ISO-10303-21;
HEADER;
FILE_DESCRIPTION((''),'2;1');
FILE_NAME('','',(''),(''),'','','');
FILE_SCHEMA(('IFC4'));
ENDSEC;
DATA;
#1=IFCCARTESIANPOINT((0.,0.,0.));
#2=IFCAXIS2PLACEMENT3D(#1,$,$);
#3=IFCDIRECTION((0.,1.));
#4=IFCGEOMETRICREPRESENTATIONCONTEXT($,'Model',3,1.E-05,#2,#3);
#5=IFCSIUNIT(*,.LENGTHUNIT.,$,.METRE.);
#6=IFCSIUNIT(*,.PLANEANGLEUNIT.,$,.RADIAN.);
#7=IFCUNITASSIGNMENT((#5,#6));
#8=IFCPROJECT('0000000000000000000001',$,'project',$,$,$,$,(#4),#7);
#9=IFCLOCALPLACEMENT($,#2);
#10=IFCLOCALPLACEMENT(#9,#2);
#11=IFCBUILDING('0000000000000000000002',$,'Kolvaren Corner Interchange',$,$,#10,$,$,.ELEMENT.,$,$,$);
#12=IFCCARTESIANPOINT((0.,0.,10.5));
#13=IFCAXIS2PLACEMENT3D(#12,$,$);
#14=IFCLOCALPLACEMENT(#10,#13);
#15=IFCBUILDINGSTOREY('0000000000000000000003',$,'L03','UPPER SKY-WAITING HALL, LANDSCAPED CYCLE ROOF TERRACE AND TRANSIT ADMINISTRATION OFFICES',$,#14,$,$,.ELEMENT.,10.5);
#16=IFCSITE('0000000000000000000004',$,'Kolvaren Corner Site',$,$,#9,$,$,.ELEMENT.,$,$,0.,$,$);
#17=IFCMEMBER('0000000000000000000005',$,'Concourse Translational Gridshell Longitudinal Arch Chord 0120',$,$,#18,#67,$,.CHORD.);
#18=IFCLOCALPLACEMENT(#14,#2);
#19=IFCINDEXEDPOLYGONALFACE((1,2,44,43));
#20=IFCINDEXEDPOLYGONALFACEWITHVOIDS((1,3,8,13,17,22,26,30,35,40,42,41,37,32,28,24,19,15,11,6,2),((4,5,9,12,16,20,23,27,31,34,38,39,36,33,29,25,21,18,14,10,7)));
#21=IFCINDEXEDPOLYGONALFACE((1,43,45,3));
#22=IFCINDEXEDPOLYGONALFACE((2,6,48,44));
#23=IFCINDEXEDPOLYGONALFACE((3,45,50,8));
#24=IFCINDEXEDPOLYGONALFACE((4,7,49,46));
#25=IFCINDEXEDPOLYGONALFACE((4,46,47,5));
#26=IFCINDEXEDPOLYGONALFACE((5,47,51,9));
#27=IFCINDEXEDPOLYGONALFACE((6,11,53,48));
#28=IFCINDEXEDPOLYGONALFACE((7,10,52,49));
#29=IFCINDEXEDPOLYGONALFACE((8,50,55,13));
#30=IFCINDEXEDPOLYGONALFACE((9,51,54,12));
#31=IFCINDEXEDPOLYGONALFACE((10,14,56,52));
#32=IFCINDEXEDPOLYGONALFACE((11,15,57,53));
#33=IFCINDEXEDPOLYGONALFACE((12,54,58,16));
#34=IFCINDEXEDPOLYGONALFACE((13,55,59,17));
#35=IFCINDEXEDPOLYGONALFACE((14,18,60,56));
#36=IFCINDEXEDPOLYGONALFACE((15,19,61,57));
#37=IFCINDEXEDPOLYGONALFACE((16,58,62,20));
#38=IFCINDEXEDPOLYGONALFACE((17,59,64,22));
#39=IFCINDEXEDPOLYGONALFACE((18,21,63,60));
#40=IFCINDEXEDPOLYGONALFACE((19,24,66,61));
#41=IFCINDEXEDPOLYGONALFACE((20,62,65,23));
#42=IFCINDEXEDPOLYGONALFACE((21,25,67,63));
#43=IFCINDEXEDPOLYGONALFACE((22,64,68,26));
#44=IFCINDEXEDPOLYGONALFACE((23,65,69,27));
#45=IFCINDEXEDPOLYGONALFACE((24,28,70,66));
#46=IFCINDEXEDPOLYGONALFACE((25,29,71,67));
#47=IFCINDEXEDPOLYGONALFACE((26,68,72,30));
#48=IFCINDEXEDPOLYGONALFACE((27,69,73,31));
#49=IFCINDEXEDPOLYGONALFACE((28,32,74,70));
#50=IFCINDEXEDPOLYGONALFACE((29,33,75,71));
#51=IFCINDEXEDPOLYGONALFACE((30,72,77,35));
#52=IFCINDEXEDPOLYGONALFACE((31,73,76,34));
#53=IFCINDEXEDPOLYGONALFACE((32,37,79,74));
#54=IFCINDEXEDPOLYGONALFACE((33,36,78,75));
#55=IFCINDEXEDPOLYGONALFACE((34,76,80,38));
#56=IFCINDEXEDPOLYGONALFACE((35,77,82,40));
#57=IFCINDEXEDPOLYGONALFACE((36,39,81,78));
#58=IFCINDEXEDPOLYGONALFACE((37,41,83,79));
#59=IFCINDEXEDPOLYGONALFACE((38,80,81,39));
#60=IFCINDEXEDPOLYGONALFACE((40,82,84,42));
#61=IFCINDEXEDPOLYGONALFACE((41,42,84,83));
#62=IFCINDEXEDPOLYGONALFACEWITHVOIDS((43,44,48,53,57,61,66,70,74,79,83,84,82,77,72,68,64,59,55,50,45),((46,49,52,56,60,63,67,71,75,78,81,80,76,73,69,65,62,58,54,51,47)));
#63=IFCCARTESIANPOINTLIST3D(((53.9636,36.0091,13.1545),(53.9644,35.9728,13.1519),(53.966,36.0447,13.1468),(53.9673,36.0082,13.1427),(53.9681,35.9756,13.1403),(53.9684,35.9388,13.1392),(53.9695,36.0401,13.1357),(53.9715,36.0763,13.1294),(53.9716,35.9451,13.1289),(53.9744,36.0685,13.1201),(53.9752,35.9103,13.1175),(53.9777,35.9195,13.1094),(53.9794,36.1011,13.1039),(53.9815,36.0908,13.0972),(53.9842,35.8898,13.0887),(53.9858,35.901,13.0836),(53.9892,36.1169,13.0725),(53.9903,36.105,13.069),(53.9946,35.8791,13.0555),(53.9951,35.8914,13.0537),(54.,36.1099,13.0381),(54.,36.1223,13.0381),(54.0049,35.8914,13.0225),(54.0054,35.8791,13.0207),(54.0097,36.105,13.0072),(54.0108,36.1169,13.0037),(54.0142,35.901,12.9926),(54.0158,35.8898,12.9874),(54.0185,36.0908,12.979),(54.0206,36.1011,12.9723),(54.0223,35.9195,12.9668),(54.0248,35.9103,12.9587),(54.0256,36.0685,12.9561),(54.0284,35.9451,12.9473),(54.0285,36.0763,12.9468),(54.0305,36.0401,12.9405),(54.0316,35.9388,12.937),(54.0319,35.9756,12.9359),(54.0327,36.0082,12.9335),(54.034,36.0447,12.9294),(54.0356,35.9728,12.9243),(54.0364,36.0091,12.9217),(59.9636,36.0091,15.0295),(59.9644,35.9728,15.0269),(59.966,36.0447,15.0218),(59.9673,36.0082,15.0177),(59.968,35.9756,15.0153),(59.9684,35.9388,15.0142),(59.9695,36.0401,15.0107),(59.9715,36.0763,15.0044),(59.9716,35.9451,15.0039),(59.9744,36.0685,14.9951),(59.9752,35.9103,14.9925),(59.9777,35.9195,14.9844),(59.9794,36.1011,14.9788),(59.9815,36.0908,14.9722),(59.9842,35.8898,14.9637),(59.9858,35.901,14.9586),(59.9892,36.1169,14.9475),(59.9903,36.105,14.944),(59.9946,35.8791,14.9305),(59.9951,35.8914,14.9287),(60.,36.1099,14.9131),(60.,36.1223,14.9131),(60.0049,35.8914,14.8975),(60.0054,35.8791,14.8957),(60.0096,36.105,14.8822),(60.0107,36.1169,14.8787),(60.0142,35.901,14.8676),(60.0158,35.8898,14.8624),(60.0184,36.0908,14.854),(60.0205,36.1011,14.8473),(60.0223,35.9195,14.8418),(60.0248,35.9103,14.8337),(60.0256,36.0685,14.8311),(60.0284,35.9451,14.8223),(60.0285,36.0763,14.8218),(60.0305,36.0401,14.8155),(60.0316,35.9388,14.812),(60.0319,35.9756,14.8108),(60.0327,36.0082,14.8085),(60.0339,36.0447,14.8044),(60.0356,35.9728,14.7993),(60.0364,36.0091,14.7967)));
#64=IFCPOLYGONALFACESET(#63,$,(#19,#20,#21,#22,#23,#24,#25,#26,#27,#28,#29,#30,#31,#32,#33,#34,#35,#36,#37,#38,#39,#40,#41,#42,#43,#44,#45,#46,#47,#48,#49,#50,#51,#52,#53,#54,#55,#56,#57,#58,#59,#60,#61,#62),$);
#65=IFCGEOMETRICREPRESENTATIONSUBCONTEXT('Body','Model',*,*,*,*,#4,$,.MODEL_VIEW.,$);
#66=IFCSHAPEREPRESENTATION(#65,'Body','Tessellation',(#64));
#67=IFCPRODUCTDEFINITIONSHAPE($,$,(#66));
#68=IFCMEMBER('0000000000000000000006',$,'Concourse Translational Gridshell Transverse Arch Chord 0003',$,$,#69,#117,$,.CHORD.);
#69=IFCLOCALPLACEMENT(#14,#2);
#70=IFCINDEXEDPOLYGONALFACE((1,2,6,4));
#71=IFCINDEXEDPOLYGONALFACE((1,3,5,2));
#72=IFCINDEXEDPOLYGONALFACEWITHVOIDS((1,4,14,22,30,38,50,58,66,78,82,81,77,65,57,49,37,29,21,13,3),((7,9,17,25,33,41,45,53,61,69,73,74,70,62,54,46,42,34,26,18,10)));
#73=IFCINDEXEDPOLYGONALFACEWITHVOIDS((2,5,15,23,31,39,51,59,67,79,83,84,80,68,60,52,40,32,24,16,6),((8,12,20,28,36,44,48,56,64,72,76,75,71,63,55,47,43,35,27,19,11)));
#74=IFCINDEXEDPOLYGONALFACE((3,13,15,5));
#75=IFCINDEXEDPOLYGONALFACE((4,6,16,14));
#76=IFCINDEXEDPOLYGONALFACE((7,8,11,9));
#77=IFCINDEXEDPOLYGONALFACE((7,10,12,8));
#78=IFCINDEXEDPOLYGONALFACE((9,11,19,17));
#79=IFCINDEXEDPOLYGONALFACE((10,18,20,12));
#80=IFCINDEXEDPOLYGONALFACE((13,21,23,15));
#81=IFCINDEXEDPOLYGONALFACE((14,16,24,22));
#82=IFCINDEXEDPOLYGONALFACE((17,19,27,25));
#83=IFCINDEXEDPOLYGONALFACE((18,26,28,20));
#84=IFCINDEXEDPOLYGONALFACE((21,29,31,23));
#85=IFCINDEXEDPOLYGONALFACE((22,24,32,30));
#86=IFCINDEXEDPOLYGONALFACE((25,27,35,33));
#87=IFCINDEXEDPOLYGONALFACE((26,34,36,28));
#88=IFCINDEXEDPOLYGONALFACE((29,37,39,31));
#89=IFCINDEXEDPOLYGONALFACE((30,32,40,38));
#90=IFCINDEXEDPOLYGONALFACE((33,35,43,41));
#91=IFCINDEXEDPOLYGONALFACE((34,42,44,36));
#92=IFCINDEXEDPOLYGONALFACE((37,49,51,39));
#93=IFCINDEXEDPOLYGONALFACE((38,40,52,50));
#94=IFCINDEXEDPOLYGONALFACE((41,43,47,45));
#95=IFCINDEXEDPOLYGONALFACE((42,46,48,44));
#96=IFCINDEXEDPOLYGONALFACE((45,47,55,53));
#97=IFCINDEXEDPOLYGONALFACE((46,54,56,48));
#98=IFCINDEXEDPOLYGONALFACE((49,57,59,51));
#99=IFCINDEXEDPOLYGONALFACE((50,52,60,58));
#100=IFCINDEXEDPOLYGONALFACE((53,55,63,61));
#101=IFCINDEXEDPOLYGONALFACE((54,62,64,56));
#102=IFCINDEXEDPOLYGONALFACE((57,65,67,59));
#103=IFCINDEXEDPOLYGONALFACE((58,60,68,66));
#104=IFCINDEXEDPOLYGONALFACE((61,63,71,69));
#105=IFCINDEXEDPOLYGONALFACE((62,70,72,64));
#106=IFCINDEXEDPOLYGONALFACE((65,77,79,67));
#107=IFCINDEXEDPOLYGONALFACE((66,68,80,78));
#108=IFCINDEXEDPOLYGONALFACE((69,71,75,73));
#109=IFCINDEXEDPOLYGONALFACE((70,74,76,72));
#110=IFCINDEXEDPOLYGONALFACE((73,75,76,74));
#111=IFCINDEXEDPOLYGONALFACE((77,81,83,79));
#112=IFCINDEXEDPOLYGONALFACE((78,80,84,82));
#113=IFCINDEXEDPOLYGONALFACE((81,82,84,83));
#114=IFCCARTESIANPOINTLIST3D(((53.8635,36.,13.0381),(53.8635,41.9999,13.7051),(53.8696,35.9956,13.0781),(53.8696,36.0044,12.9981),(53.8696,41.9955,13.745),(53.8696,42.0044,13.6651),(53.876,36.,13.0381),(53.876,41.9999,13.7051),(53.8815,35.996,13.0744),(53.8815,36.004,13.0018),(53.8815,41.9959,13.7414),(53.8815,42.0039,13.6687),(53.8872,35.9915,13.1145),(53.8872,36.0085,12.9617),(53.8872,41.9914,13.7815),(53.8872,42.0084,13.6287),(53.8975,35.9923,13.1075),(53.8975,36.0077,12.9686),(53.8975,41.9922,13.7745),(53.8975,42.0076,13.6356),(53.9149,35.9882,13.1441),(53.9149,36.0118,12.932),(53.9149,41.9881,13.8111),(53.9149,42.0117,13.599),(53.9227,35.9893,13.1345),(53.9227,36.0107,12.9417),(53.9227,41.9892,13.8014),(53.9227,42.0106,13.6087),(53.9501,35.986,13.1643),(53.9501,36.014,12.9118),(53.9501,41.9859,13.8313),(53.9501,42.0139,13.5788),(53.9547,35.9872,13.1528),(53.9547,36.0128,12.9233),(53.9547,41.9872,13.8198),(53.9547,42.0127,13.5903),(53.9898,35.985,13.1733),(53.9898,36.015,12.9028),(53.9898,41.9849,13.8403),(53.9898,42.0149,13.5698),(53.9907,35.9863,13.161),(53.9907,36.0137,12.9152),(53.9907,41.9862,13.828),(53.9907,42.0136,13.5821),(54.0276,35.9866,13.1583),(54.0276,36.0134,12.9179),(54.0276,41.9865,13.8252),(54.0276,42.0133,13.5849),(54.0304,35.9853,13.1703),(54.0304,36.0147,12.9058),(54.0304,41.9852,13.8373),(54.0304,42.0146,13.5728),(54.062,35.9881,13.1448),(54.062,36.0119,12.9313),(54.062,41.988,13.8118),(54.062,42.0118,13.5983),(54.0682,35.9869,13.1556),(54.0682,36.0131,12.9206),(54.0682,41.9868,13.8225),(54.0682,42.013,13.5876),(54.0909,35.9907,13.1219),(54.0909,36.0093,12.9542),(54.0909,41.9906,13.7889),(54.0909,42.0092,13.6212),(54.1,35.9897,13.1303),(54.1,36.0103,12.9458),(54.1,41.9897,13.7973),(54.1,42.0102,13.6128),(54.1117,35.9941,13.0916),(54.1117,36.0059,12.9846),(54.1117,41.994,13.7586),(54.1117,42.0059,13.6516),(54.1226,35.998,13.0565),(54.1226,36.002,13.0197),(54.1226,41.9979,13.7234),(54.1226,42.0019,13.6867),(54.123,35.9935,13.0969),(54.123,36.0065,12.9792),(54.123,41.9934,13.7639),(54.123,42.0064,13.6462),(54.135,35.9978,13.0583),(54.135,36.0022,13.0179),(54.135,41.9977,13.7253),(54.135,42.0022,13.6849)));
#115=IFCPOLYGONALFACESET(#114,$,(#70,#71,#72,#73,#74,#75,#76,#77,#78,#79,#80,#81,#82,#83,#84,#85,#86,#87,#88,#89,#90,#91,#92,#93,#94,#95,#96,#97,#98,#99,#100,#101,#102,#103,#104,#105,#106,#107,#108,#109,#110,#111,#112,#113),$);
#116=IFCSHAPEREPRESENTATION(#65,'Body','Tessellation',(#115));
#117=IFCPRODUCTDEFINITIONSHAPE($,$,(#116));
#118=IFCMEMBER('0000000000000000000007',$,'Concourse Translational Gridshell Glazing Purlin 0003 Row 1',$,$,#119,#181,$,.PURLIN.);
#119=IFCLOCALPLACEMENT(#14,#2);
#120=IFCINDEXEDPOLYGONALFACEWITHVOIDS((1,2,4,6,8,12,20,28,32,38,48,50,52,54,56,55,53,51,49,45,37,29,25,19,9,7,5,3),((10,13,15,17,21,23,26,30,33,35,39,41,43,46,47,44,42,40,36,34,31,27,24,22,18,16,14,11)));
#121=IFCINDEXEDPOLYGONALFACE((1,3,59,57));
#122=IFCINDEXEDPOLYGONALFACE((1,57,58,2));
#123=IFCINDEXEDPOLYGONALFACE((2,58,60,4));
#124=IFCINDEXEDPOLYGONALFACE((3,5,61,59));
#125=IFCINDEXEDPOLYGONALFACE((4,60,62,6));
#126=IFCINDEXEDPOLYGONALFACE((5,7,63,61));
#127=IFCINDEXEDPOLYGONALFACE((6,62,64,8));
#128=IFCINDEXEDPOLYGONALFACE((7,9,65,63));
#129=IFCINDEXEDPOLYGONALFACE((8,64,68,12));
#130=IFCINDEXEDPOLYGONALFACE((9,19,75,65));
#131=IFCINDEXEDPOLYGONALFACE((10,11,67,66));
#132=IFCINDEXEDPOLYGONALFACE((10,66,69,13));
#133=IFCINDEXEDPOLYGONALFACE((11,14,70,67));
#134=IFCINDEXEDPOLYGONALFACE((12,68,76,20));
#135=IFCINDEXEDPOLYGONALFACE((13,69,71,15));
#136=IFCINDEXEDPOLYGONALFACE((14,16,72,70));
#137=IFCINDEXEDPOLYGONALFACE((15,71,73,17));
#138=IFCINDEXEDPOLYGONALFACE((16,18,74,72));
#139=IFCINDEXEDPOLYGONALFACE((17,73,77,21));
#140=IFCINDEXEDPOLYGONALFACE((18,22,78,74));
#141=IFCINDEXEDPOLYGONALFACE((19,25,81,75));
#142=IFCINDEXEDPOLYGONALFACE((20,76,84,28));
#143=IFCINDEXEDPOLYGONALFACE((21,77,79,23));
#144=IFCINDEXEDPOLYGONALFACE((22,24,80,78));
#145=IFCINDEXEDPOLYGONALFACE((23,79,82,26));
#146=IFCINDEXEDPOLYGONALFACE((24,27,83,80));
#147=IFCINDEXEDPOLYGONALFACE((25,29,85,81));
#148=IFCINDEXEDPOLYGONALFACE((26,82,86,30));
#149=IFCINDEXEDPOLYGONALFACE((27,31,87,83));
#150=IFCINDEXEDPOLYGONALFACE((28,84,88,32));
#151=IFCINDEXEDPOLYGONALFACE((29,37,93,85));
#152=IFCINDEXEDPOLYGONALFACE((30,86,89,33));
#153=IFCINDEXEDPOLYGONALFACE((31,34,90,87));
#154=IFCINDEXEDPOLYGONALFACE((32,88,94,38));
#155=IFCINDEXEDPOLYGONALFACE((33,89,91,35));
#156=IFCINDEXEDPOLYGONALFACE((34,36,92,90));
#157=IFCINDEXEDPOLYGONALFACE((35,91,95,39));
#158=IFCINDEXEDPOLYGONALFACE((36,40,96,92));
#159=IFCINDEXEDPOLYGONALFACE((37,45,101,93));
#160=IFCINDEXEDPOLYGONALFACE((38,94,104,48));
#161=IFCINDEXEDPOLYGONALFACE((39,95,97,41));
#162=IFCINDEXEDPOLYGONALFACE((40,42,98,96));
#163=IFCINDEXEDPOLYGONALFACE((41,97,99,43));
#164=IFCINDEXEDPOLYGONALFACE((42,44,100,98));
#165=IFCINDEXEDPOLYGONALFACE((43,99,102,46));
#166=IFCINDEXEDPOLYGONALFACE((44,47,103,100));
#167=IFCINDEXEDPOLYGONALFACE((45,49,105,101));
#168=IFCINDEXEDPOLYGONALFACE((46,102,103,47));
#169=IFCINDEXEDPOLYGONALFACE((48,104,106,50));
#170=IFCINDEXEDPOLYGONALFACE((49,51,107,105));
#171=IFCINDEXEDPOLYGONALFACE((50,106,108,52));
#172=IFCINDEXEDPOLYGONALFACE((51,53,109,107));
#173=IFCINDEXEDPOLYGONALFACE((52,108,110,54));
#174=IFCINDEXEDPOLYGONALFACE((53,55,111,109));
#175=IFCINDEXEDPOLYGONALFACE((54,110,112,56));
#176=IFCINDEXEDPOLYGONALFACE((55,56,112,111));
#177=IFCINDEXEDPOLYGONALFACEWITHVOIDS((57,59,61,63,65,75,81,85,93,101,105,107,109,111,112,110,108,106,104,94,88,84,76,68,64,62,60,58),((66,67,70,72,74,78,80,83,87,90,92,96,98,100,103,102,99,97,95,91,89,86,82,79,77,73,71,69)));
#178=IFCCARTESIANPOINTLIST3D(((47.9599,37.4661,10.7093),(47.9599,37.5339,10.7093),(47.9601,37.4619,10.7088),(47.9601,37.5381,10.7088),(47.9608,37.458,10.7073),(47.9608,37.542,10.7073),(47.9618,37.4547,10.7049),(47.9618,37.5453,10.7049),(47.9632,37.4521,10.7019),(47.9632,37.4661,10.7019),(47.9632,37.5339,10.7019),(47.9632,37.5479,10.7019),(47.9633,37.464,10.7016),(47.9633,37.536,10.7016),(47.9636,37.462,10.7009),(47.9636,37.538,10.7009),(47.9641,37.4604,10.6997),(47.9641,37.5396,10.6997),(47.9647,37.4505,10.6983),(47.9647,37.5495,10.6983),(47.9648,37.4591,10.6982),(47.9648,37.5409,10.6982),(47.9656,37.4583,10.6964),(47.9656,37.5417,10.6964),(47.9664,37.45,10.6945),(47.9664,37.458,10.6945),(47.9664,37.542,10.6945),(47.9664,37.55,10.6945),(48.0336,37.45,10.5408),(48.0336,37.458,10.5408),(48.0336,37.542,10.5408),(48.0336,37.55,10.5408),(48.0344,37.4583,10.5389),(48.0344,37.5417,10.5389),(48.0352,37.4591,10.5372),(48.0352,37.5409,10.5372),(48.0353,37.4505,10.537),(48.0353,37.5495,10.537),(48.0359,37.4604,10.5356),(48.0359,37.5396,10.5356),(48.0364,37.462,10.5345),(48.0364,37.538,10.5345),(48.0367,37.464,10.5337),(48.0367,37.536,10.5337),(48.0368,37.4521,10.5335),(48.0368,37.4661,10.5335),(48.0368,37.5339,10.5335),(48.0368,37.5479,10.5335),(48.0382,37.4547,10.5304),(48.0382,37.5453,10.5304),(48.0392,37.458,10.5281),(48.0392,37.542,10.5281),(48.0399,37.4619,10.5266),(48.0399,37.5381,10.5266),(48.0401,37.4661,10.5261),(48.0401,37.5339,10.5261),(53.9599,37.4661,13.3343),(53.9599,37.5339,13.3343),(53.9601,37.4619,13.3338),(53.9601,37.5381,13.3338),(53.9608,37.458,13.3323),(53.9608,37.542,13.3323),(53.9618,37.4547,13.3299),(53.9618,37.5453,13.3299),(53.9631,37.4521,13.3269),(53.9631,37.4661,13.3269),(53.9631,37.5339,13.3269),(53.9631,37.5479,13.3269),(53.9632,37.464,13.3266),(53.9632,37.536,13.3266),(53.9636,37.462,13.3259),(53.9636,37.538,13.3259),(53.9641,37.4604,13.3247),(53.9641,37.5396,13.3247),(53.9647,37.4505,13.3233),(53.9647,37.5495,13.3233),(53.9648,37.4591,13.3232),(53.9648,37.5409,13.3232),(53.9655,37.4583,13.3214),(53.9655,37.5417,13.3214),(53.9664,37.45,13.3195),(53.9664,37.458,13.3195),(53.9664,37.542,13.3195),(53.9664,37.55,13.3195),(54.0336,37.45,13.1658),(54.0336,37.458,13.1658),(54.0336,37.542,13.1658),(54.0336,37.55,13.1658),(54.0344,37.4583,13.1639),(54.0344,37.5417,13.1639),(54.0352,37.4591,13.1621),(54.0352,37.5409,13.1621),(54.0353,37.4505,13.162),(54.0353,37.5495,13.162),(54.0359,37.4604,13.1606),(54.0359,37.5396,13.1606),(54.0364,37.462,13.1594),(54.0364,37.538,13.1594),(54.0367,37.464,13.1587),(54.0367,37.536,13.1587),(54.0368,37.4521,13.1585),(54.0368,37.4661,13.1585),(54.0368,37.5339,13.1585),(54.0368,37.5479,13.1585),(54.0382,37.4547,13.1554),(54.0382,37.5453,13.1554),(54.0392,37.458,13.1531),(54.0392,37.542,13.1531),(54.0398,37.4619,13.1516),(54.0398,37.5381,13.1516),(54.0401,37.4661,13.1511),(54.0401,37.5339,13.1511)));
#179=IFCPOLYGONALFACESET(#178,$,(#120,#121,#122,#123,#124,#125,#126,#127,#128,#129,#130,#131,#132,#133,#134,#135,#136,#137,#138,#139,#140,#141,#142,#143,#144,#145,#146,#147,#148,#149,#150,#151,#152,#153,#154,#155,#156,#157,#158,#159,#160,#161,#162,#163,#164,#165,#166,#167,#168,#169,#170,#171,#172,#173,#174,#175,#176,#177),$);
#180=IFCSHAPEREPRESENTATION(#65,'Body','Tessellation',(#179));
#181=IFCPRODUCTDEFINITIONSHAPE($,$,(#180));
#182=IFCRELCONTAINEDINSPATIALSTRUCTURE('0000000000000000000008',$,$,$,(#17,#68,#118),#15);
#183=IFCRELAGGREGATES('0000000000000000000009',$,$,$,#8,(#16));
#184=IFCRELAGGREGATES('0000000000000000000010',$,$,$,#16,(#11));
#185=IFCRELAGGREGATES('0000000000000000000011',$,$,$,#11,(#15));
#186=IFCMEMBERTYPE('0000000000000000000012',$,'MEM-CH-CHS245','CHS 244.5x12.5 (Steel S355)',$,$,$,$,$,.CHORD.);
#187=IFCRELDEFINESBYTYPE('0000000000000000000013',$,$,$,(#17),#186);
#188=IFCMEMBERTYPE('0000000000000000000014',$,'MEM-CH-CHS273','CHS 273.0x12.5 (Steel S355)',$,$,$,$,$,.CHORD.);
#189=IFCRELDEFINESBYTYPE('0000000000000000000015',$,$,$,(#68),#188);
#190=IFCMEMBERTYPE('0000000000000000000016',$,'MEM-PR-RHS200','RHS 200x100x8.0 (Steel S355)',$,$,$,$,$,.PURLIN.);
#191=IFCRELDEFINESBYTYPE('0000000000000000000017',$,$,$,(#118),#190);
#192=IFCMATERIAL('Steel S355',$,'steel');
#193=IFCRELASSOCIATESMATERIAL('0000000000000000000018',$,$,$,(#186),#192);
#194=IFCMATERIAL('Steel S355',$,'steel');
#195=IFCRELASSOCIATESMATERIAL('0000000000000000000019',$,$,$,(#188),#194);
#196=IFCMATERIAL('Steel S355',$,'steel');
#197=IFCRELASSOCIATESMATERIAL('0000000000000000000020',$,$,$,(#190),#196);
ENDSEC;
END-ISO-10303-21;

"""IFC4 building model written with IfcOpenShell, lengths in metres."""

from ifc_helpers import new_model, si_unit, direction, frame, origin, origin_2d, place, context, subcontext, project, spatial, hollow_rectangle, hollow_circle, extrude, material, material_profile, profile_set, type_object, element, save


model = new_model("IFC4")

# Units and contexts
model_context = context("Model", 3, precision=1e-05, world=origin(), true_north=direction((0.0, 1.0)))
body_context = subcontext(model_context, "Body", "Model", "MODEL_VIEW")
ifc_project = project(units=[si_unit("LENGTHUNIT", "METRE"), si_unit("PLANEANGLEUNIT", "RADIAN")], contexts=[model_context])

# Site, building, storey
site_placement = place(None, origin())
site = spatial("IfcSite", under=ifc_project, at=site_placement, Name="Kolvaren Corner Site", CompositionType="ELEMENT", RefElevation=0.0)
building_placement = place(site_placement, origin())
building = spatial("IfcBuilding", under=site, at=building_placement, Name="Kolvaren Corner Interchange", CompositionType="ELEMENT")
storey_placement = place(building_placement, frame((0.0, 0.0, 10.5)))
storey = spatial("IfcBuildingStorey", under=building, at=storey_placement, Name="L03", Description="UPPER SKY-WAITING HALL, LANDSCAPED CYCLE ROOF TERRACE AND TRANSIT ADMINISTRATION OFFICES", CompositionType="ELEMENT", Elevation=10.5)

# Members
ifc_material_1 = material(Name="Steel S355", Category="steel")
ifc_material_profile_1 = material_profile(ifc_material_1, hollow_circle(Radius=0.1223, WallThickness=0.0125, at=origin_2d()), Name="CHS 244.5x12.5")
ifc_profile_set_1 = profile_set([ifc_material_profile_1], Name="Steel S355")
member_type_1 = type_object("IfcMemberType", Name="MEM-CH-CHS245", Description="CHS 244.5x12.5 (Steel S355)", PredefinedType="CHORD", material=ifc_profile_set_1)
member_1_placement = place(storey_placement, frame((54.0, 36.0, 13.0381), z_axis=(0.95448, 0.0, 0.298275), x_axis=(0.0, 1.0, 0.0)))
element("IfcMember", 1, at=member_1_placement, inside=storey, type_object=member_type_1, Name="Concourse Translational Gridshell Longitudinal Arch Chord 0120", PredefinedType="CHORD", context=body_context, shape_type="SweptSolid", body=[
    extrude(hollow_circle(Radius=0.1223, WallThickness=0.0125, at=origin_2d()), origin(), (0.0, 0.0, 1.0), 6.2861),
])
ifc_material_2 = material(Name="Steel S355", Category="steel")
ifc_material_profile_2 = material_profile(ifc_material_2, hollow_circle(Radius=0.1365, WallThickness=0.0125, at=origin_2d()), Name="CHS 273.0x12.5")
ifc_profile_set_2 = profile_set([ifc_material_profile_2], Name="Steel S355")
member_type_2 = type_object("IfcMemberType", Name="MEM-CH-CHS273", Description="CHS 273.0x12.5 (Steel S355)", PredefinedType="CHORD", material=ifc_profile_set_2)
member_2_placement = place(storey_placement, frame((54.0, 36.0, 13.0381), z_axis=(0.0, 0.993878, 0.110485), x_axis=(-1.0, 0.0, 0.0)))
element("IfcMember", 2, at=member_2_placement, inside=storey, type_object=member_type_2, Name="Concourse Translational Gridshell Transverse Arch Chord 0003", PredefinedType="CHORD", context=body_context, shape_type="SweptSolid", body=[
    extrude(hollow_circle(Radius=0.1365, WallThickness=0.0125, at=origin_2d()), origin(), (0.0, 0.0, 1.0), 6.0369),
])
ifc_material_3 = material(Name="Steel S355", Category="steel")
ifc_material_profile_3 = material_profile(ifc_material_3, hollow_rectangle(XDim=0.1001, YDim=0.2, WallThickness=0.0081, InnerFilletRadius=0.0081, OuterFilletRadius=0.0161, at=origin_2d()), Name="RHS 200x100x8.0")
ifc_profile_set_3 = profile_set([ifc_material_profile_3], Name="Steel S355")
member_type_3 = type_object("IfcMemberType", Name="MEM-PR-RHS200", Description="RHS 200x100x8.0 (Steel S355)", PredefinedType="PURLIN", material=ifc_profile_set_3)
member_3_placement = place(storey_placement, frame((48.0, 37.5, 10.6177), z_axis=(0.916157, 0.0, 0.400819), x_axis=(0.0, 1.0, 0.0)))
element("IfcMember", 3, at=member_3_placement, inside=storey, type_object=member_type_3, Name="Concourse Translational Gridshell Glazing Purlin 0003 Row 1", PredefinedType="PURLIN", context=body_context, shape_type="SweptSolid", body=[
    extrude(hollow_rectangle(XDim=0.1001, YDim=0.2, WallThickness=0.0081, InnerFilletRadius=0.0081, OuterFilletRadius=0.0161, at=origin_2d()), origin(), (0.0, 0.0, 1.0), 6.5491),
])

save(model, "model.ifc")
